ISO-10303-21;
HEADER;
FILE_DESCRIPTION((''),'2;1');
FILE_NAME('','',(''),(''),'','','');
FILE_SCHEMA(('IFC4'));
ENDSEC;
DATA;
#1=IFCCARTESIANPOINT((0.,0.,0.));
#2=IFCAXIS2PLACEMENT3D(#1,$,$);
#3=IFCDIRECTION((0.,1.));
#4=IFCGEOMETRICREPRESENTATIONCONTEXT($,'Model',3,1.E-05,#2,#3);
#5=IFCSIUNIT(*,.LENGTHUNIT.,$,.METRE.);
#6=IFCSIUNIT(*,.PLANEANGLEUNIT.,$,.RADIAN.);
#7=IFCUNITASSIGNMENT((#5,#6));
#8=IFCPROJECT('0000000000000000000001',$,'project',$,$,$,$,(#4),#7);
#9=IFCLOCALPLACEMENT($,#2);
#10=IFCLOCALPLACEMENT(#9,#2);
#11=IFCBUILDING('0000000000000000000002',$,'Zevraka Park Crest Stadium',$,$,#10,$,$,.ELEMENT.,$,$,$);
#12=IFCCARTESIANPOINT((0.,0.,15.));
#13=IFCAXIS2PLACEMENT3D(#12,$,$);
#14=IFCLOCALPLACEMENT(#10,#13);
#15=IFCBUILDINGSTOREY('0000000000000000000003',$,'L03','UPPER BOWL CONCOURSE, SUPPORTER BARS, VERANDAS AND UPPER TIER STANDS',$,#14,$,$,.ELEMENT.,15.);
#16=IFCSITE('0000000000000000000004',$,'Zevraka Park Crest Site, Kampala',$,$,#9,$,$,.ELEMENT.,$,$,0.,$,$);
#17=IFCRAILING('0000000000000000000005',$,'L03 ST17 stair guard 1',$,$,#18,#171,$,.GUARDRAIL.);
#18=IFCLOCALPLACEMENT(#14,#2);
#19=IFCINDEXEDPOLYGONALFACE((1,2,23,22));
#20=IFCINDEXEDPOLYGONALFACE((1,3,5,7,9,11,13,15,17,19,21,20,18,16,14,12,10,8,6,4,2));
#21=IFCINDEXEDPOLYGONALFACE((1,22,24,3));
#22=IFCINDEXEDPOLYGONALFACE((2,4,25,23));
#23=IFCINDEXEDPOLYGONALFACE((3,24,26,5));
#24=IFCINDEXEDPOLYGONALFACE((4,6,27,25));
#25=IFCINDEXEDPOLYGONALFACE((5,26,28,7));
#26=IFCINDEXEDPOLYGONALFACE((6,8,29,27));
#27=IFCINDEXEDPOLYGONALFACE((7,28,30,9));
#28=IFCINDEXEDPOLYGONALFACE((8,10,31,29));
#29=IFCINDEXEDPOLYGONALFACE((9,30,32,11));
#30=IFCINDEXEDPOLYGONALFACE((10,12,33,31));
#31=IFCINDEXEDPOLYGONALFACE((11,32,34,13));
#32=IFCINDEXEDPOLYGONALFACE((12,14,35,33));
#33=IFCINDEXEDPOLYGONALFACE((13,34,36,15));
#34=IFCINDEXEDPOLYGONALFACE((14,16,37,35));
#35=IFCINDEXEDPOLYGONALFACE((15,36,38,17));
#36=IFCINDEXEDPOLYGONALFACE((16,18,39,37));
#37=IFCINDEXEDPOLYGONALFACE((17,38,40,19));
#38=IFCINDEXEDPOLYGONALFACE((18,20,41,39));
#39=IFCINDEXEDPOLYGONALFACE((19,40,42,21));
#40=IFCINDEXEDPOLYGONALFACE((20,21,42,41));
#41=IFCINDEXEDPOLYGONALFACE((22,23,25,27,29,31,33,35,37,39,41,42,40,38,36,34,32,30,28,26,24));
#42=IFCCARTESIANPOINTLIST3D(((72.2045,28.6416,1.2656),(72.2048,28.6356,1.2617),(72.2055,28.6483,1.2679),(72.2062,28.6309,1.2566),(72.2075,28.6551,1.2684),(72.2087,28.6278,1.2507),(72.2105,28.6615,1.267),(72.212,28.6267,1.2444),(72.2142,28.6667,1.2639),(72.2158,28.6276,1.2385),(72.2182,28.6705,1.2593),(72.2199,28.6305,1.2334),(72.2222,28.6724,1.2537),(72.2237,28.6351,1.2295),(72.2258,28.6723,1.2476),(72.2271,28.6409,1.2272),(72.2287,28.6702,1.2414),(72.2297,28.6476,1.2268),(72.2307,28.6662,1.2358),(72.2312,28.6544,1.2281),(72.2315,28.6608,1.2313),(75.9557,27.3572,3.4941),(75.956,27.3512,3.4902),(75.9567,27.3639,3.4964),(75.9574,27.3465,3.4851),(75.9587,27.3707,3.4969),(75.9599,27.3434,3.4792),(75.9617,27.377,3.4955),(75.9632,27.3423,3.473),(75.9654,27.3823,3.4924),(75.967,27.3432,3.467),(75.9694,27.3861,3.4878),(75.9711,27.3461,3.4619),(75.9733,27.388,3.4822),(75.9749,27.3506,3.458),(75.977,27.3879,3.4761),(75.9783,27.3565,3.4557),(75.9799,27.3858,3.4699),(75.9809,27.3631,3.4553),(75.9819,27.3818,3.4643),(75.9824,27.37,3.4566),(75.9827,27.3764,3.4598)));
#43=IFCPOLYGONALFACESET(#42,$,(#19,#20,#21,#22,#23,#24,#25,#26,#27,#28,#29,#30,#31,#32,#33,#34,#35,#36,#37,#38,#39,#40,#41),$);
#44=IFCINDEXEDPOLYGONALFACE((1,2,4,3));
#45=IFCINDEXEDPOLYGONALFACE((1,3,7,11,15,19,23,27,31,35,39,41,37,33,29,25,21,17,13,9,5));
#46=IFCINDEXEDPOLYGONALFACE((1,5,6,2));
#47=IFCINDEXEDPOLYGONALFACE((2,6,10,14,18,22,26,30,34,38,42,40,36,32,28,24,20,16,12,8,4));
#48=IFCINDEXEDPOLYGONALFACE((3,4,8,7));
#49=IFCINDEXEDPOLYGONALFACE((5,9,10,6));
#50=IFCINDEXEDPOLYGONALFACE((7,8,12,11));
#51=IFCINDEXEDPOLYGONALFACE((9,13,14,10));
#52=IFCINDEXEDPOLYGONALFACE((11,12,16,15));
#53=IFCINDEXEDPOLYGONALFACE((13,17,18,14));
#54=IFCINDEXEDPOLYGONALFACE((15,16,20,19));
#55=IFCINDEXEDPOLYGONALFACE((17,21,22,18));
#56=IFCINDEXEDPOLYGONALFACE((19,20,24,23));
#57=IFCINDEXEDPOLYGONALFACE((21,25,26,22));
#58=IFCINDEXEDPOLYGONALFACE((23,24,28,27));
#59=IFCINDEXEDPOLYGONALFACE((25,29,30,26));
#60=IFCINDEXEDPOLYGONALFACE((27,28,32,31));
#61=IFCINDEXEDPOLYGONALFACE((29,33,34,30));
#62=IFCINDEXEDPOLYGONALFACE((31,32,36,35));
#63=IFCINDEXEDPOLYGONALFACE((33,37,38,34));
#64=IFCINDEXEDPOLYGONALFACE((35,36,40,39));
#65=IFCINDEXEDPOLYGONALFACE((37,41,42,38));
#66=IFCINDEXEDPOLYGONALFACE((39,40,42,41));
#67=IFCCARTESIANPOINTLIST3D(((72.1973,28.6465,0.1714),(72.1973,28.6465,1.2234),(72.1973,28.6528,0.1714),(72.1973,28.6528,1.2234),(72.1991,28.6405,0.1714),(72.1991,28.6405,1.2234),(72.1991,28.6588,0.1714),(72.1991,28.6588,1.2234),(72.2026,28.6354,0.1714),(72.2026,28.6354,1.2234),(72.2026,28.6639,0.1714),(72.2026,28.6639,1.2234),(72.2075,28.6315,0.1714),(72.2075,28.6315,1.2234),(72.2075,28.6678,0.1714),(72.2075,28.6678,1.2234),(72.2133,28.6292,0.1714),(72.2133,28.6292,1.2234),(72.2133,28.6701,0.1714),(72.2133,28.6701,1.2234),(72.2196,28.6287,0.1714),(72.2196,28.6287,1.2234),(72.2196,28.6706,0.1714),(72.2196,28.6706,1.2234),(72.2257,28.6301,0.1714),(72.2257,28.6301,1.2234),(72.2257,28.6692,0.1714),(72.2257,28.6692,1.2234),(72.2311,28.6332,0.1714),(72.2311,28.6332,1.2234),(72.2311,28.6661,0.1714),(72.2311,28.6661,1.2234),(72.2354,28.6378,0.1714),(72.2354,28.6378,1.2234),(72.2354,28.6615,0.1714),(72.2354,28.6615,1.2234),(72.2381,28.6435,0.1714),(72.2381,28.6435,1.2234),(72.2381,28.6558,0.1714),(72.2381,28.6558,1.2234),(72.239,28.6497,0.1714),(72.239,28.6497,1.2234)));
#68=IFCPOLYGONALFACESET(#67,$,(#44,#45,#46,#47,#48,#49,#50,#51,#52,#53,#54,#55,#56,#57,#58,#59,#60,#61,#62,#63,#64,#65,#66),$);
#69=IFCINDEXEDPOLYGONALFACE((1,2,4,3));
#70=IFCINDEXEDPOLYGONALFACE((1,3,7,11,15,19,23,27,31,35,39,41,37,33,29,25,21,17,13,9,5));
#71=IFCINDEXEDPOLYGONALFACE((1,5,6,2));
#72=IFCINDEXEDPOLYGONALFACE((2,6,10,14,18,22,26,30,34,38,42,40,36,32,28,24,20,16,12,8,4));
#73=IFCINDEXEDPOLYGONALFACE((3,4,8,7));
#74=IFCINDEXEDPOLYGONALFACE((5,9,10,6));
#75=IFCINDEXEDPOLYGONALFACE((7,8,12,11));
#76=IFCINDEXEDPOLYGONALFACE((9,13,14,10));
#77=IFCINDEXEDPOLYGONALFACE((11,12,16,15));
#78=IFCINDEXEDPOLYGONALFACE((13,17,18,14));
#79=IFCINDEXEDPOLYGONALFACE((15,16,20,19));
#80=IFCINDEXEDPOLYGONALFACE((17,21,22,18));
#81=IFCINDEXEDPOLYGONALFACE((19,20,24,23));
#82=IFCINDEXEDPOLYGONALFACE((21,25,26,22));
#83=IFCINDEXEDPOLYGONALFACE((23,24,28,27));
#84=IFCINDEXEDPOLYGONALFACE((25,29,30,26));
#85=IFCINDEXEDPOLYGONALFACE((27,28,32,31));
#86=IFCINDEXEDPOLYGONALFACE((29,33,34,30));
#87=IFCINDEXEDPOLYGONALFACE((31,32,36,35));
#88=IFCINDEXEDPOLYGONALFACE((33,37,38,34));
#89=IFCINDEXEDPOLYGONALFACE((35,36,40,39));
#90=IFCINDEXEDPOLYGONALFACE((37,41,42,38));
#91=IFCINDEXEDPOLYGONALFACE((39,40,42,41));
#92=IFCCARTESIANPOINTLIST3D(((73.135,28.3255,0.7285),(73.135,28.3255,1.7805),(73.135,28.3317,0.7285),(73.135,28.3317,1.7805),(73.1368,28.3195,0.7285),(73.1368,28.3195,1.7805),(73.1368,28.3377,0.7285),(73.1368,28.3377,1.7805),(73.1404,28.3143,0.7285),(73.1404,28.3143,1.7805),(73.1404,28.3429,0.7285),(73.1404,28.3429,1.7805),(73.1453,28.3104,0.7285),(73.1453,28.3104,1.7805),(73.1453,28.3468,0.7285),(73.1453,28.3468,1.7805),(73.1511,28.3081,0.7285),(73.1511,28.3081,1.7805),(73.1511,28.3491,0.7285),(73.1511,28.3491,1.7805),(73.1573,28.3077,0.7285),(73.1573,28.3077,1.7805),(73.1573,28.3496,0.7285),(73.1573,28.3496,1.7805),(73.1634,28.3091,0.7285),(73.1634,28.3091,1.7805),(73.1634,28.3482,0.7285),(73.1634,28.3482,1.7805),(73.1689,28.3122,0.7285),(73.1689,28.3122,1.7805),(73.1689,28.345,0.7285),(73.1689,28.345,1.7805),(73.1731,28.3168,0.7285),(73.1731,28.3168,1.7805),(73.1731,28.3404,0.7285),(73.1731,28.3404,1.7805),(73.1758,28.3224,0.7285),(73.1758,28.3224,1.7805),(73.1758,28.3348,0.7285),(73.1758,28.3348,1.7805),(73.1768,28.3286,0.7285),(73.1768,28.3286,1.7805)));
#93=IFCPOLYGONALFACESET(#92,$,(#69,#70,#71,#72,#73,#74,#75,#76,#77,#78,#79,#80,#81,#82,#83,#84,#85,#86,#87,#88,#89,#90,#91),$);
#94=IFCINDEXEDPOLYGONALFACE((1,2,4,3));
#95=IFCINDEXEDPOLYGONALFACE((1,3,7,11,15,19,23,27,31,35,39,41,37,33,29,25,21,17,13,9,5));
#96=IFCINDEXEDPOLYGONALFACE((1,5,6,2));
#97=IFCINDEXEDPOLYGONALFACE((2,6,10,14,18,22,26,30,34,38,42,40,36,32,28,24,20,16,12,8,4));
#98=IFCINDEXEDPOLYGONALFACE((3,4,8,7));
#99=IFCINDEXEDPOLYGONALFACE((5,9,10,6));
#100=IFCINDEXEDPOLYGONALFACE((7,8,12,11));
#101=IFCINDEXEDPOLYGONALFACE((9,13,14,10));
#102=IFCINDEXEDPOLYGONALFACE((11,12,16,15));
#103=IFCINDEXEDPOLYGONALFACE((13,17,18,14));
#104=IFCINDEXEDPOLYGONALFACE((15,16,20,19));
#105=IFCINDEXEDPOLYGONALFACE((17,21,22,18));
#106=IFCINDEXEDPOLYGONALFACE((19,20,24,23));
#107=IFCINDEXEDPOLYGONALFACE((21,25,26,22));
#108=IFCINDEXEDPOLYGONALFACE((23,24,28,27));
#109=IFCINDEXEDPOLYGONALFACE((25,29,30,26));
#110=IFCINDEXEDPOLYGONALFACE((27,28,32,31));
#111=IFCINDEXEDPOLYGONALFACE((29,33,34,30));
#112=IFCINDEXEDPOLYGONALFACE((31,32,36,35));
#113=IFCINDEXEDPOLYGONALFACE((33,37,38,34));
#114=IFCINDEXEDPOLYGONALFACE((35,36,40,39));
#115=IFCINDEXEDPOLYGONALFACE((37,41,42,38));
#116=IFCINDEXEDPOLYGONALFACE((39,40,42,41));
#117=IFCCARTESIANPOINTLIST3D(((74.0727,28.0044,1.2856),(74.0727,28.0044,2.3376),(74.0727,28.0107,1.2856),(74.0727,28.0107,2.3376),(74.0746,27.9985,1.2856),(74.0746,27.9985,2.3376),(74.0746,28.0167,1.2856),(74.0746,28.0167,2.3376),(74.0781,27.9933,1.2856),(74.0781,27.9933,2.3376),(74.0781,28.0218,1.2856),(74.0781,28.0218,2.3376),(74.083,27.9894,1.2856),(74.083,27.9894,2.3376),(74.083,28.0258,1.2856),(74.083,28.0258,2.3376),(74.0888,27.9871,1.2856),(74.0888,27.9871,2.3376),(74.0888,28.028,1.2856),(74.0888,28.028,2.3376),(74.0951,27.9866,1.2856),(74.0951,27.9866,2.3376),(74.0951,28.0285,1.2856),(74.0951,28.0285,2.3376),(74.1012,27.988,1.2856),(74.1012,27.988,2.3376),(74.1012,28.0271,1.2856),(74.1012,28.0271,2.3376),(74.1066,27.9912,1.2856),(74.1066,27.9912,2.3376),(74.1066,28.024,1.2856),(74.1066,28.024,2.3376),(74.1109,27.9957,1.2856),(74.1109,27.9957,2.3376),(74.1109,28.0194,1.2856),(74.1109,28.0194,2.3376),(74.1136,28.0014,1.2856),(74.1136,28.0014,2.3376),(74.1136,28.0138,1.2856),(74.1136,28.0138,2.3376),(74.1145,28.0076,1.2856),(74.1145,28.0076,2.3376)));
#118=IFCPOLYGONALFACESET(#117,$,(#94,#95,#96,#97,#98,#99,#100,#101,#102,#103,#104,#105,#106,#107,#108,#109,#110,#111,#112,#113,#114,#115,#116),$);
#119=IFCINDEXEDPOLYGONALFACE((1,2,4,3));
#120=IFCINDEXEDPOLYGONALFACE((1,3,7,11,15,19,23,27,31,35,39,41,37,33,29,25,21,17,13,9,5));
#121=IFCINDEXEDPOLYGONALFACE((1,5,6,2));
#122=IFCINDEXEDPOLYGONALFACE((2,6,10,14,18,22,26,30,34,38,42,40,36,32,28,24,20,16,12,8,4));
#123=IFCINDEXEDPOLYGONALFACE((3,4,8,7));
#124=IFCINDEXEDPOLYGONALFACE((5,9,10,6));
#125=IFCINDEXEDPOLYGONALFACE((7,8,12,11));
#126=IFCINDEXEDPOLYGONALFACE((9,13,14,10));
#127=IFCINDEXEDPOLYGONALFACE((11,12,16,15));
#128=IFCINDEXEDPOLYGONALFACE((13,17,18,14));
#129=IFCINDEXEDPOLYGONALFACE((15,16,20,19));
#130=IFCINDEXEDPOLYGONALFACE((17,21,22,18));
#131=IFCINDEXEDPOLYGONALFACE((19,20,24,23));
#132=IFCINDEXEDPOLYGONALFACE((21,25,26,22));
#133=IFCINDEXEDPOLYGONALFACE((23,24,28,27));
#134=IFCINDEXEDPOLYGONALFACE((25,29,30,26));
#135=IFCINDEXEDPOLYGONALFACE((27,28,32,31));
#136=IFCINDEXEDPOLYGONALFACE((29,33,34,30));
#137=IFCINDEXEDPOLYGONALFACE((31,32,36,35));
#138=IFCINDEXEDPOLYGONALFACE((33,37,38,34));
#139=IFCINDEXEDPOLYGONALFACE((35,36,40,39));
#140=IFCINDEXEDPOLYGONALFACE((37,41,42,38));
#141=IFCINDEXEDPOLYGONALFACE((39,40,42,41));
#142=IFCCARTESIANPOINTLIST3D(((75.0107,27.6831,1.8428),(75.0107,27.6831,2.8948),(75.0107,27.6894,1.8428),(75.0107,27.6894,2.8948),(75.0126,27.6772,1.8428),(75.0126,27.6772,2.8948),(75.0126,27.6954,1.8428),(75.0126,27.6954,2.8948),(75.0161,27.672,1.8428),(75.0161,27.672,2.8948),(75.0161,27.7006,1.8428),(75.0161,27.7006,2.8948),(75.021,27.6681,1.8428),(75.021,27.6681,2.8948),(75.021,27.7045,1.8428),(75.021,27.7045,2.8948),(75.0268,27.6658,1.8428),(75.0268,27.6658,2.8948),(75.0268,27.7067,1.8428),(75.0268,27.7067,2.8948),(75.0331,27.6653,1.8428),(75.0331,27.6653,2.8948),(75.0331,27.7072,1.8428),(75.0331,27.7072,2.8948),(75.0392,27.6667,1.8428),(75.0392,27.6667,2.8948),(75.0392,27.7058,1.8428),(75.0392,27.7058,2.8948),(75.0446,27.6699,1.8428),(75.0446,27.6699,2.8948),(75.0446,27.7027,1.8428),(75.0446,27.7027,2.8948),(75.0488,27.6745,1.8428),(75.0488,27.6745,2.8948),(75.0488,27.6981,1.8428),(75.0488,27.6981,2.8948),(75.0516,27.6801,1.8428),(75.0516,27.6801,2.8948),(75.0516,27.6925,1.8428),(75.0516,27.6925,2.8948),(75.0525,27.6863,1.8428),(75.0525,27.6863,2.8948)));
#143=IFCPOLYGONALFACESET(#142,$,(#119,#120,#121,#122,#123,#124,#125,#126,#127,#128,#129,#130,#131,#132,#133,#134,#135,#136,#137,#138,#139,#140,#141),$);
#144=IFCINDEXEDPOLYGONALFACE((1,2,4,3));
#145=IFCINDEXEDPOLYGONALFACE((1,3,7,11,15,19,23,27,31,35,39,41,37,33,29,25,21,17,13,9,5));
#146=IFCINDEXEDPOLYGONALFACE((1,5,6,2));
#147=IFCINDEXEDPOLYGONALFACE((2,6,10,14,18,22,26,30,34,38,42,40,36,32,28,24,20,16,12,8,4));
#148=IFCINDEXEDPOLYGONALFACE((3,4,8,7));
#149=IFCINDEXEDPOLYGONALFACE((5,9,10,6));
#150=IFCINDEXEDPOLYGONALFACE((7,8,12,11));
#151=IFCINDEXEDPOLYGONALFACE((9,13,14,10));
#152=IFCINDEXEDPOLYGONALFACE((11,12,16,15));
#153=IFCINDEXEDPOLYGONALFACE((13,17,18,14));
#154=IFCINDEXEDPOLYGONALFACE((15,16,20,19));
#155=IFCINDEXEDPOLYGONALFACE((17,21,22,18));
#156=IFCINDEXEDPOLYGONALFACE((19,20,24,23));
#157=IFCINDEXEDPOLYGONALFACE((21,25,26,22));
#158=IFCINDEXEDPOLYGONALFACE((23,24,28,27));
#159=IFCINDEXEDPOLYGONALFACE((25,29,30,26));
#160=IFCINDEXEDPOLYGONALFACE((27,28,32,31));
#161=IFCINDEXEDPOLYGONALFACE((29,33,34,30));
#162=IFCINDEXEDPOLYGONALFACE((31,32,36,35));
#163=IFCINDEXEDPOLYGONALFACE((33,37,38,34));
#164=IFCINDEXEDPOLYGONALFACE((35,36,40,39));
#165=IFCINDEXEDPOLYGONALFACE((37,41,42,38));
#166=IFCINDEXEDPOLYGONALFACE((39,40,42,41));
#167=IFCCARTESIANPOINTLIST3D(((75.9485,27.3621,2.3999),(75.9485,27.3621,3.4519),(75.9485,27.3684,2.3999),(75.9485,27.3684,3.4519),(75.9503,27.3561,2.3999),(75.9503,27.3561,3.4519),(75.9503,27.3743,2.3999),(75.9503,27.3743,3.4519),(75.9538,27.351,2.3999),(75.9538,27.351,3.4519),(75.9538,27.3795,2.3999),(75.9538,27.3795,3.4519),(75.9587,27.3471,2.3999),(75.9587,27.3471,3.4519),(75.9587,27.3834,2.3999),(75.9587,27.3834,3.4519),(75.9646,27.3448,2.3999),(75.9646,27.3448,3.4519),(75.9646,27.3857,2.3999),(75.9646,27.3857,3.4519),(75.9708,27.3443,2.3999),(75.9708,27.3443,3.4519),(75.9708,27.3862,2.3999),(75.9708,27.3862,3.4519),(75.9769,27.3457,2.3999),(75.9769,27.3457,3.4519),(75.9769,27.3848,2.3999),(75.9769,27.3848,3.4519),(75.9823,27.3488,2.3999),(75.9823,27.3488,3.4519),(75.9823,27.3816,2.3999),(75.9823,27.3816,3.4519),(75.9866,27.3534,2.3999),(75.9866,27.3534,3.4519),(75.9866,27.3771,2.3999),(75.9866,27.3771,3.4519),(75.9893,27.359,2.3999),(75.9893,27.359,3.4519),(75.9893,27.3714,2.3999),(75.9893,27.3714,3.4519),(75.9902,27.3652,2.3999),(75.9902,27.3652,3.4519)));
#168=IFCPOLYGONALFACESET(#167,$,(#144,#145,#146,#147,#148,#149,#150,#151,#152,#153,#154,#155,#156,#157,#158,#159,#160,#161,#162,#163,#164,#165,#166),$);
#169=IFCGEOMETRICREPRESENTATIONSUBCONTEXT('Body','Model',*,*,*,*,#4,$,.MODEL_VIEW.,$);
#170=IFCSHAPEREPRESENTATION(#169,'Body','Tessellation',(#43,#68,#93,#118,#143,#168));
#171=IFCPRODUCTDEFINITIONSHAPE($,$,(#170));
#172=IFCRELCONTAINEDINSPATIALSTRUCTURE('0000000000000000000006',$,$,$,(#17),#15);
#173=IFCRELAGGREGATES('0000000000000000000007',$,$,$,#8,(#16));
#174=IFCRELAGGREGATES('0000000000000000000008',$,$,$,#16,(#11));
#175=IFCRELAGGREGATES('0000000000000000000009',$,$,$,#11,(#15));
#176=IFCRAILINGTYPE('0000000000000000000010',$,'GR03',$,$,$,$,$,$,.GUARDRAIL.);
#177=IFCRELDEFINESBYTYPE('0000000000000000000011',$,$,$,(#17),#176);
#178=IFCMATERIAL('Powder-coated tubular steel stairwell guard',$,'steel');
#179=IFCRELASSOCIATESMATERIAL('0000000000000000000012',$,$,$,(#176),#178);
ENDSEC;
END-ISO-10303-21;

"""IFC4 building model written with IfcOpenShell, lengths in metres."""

from ifc_helpers import new_model, si_unit, direction, frame, origin, origin_2d, place, context, subcontext, project, spatial, circle, extrude, material, type_object, element, save


model = new_model("IFC4")

# Units and contexts
model_context = context("Model", 3, precision=1e-05, world=origin(), true_north=direction((0.0, 1.0)))
body_context = subcontext(model_context, "Body", "Model", "MODEL_VIEW")
ifc_project = project(units=[si_unit("LENGTHUNIT", "METRE"), si_unit("PLANEANGLEUNIT", "RADIAN")], contexts=[model_context])

# Site, building, storey
site_placement = place(None, origin())
site = spatial("IfcSite", under=ifc_project, at=site_placement, Name="Zevraka Park Crest Site, Kampala", CompositionType="ELEMENT", RefElevation=0.0)
building_placement = place(site_placement, origin())
building = spatial("IfcBuilding", under=site, at=building_placement, Name="Zevraka Park Crest Stadium", CompositionType="ELEMENT")
storey_placement = place(building_placement, frame((0.0, 0.0, 15.0)))
storey = spatial("IfcBuildingStorey", under=building, at=storey_placement, Name="L03", Description="UPPER BOWL CONCOURSE, SUPPORTER BARS, VERANDAS AND UPPER TIER STANDS", CompositionType="ELEMENT", Elevation=15.0)

# Railing
ifc_material_1 = material(Name="Powder-coated tubular steel stairwell guard", Category="steel")
railing_type_1 = type_object("IfcRailingType", Name="GR03", PredefinedType="GUARDRAIL", material=ifc_material_1)
railing_1_placement = place(storey_placement, frame((72.218, 28.6497, 0.1714)))
element("IfcRailing", 1, at=railing_1_placement, inside=storey, type_object=railing_type_1, Name="L03 ST17 stair guard 1", PredefinedType="GUARDRAIL", context=body_context, shape_type="SweptSolid", body=[
    extrude(circle(Radius=0.0239, at=origin_2d()), frame((0.0, 0.0, 1.0762), z_axis=(0.824739, -0.282392, 0.489959), x_axis=(0.323939, 0.946078, 0.0)), (0.0, 0.0, 1.0), 4.5483),
    extrude(circle(Radius=0.021, at=origin_2d()), origin(), (0.0, 0.0, 1.0), 1.052),
    extrude(circle(Radius=0.021, at=origin_2d()), frame((0.9377, -0.321, 0.5571)), (0.0, 0.0, 1.0), 1.052),
    extrude(circle(Radius=0.021, at=origin_2d()), frame((1.8755, -0.6421, 1.1143)), (0.0, 0.0, 1.0), 1.052),
    extrude(circle(Radius=0.021, at=origin_2d()), frame((2.8135, -0.9634, 1.6714)), (0.0, 0.0, 1.0), 1.052),
    extrude(circle(Radius=0.021, at=origin_2d()), frame((3.7512, -1.2844, 2.2285)), (0.0, 0.0, 1.0), 1.052),
])

save(model, "model.ifc")
